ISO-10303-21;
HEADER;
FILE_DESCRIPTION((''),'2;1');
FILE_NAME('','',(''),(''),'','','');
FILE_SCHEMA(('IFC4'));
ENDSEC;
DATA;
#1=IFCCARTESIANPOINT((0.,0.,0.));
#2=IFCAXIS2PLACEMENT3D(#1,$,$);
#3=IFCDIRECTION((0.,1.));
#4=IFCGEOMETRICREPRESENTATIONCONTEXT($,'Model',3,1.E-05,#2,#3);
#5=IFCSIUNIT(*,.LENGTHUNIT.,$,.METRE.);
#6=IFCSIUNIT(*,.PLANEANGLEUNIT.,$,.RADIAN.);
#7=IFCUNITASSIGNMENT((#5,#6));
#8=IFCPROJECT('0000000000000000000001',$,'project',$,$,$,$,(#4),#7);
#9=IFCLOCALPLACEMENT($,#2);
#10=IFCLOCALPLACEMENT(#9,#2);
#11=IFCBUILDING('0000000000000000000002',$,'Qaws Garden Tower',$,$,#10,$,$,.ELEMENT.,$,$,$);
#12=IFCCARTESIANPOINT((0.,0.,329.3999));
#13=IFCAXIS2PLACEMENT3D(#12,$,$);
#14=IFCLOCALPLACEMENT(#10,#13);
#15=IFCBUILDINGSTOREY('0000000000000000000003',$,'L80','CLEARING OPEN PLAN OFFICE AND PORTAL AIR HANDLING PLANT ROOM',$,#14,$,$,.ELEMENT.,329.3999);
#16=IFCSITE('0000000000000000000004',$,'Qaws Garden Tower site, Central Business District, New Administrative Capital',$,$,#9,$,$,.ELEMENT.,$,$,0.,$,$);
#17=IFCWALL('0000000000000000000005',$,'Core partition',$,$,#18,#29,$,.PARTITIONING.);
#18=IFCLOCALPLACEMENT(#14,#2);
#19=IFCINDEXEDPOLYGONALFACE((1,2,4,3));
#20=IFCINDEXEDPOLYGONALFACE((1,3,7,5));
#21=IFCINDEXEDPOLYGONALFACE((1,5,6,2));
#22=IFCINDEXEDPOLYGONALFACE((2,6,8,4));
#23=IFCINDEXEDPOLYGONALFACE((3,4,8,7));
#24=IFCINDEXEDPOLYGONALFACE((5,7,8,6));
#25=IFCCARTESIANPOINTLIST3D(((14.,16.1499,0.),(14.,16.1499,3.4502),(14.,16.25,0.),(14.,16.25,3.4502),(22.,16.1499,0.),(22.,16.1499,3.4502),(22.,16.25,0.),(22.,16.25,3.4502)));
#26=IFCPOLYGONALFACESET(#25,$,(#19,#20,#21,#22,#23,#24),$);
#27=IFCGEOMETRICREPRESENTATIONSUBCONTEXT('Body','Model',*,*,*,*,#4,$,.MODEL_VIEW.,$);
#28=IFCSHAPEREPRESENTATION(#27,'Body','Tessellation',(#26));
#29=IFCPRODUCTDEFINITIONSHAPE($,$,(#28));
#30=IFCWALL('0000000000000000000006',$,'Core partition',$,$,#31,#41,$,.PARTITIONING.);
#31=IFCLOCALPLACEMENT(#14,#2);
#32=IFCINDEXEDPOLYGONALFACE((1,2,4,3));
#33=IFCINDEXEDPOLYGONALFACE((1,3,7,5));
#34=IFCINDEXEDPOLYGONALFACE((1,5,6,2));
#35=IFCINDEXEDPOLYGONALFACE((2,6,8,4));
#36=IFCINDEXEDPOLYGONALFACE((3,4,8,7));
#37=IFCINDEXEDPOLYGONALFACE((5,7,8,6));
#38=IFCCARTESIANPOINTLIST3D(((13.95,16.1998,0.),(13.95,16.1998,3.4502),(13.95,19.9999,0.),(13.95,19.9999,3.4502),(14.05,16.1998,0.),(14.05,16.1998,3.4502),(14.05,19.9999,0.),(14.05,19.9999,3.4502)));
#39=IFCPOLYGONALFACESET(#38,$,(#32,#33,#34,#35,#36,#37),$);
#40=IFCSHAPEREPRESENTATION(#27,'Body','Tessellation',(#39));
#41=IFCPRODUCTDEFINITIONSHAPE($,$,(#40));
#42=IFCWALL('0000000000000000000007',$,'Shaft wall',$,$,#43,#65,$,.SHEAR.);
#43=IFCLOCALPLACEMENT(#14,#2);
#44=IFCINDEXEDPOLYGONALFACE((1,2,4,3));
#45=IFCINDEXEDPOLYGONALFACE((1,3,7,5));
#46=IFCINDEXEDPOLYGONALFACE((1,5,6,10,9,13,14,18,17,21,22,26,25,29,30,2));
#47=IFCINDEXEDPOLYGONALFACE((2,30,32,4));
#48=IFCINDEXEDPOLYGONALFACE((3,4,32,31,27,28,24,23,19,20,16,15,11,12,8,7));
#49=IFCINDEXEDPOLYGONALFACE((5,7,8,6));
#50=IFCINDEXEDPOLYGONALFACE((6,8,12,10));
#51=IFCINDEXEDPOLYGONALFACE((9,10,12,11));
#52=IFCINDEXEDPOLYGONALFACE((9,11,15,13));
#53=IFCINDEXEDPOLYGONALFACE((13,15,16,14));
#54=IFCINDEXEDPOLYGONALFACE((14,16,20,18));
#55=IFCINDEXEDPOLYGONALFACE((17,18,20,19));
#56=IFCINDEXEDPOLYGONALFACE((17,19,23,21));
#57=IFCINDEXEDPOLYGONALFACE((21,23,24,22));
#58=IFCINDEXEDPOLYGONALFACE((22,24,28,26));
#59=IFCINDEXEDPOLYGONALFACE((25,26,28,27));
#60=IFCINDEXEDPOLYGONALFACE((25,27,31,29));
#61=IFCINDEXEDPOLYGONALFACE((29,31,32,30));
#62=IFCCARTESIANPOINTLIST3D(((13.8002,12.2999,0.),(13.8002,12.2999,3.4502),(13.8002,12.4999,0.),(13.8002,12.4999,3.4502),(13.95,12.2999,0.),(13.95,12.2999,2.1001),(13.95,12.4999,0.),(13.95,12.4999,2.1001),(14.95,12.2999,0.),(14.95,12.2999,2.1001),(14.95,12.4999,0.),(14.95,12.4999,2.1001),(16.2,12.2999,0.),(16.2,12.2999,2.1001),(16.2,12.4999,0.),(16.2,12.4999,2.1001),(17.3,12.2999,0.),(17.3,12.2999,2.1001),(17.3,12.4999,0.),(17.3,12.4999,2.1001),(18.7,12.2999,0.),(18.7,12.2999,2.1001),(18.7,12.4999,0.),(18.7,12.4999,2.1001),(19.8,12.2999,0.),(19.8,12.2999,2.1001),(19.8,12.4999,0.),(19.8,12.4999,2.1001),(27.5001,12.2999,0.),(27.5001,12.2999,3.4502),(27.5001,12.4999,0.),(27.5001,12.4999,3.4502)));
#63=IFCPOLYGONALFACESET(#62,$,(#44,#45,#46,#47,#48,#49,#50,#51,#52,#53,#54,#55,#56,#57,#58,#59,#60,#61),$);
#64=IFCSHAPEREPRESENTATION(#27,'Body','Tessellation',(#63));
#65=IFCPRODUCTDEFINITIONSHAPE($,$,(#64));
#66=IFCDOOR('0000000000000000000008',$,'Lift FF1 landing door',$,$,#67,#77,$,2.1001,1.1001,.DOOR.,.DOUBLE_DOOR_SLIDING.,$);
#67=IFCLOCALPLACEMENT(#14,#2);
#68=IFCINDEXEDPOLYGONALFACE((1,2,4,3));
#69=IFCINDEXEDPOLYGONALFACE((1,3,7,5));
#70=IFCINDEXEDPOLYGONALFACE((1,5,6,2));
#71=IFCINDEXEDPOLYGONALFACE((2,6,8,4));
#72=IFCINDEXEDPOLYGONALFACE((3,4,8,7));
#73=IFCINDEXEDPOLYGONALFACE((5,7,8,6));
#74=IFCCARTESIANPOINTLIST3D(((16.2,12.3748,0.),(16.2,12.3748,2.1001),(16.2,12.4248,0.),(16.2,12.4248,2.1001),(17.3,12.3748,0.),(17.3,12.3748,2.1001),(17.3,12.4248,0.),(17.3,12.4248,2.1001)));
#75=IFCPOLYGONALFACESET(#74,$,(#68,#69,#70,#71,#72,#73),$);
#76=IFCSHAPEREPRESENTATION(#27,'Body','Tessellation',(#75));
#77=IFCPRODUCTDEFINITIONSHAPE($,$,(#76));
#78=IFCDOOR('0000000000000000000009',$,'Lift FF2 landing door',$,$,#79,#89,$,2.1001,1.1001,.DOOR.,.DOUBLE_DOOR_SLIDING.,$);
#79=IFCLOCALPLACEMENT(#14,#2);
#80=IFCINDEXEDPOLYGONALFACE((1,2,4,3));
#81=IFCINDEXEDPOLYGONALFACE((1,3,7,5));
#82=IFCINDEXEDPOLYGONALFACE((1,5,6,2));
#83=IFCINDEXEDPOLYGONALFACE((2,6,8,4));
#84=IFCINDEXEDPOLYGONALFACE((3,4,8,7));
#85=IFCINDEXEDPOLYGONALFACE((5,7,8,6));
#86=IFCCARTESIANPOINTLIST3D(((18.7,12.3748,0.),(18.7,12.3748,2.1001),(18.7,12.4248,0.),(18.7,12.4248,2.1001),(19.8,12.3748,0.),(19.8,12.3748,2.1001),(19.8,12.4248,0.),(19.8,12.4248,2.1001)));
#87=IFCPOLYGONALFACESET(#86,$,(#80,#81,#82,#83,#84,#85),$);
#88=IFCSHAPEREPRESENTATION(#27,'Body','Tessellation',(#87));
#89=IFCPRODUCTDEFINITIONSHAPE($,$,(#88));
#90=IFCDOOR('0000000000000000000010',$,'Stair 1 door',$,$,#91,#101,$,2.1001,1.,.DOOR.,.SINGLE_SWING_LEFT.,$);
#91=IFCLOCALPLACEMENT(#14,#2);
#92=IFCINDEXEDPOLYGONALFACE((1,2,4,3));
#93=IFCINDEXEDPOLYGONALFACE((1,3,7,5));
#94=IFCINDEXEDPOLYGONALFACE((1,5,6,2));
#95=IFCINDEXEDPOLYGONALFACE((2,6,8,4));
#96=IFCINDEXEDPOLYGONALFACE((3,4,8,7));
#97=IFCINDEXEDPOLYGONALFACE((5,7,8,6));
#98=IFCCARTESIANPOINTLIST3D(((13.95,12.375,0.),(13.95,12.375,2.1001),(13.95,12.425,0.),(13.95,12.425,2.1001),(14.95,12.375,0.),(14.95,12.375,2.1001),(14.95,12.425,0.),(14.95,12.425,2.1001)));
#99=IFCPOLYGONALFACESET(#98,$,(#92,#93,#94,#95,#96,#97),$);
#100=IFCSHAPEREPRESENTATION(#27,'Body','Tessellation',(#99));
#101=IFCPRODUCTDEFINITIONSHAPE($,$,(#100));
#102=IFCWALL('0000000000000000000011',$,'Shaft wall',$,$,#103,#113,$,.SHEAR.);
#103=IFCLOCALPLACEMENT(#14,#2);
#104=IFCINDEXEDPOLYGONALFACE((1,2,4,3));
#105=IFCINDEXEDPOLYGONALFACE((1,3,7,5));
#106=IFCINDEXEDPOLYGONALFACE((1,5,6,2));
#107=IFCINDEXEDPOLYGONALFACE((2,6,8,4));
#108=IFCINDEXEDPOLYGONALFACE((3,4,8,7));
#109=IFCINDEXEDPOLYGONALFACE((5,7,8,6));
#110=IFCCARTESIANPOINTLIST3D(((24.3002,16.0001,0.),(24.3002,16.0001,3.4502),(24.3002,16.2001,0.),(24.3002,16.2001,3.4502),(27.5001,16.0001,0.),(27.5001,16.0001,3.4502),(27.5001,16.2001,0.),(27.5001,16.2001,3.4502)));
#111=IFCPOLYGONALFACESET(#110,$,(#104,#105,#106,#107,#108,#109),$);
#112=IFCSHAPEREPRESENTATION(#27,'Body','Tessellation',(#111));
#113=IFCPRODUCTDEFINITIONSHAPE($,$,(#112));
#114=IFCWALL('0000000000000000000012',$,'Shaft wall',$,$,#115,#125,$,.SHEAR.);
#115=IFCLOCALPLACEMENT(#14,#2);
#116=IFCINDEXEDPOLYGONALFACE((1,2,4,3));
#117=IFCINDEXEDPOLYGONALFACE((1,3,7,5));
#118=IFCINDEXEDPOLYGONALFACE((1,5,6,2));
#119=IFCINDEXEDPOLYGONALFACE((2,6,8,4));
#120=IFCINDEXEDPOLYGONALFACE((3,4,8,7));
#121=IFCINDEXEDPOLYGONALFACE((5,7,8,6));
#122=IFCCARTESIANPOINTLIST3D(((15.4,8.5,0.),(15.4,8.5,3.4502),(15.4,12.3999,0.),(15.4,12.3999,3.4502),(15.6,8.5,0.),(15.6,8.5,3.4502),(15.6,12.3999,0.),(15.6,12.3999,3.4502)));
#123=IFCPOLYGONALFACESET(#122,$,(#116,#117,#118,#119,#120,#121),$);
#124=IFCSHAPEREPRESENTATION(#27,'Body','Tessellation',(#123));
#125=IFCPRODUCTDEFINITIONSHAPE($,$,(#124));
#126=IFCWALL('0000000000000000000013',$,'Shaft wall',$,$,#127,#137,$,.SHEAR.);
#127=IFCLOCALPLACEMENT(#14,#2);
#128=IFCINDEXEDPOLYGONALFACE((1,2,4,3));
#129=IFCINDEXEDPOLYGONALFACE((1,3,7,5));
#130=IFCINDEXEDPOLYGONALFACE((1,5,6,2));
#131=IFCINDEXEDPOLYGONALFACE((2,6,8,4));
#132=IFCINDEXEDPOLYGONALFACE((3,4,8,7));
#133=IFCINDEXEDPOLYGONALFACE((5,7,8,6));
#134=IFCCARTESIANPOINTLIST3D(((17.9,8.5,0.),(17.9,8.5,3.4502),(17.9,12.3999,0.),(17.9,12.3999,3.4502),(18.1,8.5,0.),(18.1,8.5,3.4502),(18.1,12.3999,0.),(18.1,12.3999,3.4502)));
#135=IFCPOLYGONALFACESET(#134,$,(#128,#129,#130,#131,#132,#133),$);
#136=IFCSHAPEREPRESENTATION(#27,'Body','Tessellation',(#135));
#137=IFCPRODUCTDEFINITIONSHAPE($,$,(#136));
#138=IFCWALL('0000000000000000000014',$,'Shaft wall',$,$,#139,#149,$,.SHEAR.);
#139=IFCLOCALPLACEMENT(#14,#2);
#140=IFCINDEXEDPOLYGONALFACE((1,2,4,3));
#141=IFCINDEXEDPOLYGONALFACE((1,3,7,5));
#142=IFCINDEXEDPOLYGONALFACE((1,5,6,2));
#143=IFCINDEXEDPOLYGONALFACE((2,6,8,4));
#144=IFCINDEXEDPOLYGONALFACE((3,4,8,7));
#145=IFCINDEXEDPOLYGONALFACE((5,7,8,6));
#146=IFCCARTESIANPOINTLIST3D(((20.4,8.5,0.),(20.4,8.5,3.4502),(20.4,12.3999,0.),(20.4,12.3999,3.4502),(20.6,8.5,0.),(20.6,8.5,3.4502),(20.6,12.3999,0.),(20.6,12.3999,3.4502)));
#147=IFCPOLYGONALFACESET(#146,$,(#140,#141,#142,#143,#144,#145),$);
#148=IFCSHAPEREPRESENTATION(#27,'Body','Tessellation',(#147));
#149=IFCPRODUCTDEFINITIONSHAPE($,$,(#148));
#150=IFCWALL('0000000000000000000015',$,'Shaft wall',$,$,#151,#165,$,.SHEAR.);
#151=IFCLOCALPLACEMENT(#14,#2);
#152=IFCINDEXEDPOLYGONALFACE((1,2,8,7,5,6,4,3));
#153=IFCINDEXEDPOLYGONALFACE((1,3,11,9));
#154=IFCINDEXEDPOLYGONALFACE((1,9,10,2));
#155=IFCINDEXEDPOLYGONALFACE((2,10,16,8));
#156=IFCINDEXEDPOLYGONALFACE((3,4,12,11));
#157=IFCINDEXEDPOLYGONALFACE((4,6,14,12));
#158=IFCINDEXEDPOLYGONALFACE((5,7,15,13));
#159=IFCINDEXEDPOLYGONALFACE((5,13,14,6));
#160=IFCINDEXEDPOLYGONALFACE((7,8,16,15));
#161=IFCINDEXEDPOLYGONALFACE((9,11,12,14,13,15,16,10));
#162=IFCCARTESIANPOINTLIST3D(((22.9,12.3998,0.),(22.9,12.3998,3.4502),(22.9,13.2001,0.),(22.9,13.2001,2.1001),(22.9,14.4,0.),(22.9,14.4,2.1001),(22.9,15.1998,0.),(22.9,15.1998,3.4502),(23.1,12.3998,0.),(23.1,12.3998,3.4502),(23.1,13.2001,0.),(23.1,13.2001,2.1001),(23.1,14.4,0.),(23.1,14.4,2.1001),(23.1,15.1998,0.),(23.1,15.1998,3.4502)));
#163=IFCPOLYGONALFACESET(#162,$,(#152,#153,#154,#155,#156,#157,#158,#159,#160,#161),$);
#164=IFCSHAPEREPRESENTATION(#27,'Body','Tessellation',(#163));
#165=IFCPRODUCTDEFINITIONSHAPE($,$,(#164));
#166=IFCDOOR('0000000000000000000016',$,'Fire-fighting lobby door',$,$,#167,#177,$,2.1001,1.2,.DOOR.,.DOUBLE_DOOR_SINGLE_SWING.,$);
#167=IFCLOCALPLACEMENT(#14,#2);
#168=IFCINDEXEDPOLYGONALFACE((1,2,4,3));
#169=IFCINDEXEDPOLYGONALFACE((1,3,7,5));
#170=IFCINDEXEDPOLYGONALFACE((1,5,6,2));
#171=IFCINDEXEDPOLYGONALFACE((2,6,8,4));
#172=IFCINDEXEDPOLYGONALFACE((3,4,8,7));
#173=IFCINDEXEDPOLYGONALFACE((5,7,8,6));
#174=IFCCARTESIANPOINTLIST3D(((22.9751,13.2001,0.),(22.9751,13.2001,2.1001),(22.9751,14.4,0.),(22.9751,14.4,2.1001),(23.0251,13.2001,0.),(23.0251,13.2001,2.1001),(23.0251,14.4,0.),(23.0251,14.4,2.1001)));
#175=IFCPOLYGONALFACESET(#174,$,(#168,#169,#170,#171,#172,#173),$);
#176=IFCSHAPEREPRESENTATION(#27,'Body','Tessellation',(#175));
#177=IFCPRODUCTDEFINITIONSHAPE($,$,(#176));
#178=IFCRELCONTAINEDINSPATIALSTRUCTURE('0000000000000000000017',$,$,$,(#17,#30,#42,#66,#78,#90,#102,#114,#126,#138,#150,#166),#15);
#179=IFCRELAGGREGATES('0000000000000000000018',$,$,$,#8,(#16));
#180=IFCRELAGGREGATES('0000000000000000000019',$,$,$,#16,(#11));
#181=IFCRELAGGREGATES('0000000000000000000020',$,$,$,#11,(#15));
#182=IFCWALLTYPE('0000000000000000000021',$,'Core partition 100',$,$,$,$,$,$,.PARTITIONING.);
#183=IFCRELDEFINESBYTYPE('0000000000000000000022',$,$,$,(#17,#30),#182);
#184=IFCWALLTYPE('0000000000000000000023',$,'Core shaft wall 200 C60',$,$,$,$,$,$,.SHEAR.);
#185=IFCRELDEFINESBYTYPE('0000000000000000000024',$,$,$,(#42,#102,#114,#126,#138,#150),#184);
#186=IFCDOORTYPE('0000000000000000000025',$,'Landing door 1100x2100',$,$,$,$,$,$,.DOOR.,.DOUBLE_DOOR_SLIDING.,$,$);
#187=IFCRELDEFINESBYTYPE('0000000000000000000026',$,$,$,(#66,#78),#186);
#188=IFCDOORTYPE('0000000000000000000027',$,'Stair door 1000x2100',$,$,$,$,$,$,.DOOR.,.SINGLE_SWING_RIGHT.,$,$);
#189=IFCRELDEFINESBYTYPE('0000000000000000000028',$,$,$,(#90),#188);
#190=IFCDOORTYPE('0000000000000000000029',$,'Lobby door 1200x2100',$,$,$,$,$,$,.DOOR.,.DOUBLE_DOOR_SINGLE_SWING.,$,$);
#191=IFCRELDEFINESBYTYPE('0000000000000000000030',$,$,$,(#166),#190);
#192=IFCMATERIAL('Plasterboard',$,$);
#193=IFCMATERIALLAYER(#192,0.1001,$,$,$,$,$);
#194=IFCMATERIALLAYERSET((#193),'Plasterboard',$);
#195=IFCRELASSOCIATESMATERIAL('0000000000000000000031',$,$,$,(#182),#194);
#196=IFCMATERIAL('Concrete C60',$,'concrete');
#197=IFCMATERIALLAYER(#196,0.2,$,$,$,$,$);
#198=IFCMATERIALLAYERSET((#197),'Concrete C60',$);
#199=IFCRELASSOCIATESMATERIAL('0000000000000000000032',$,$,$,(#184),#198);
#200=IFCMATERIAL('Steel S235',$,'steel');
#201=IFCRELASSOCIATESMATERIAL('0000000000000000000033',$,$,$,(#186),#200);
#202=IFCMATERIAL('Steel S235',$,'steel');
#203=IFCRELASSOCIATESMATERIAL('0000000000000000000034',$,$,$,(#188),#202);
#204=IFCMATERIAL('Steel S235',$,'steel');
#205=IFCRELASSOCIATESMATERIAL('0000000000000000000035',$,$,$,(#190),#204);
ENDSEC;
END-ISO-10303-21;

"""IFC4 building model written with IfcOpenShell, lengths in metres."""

from ifc_helpers import new_model, si_unit, direction, frame, frame_2d, origin, place, context, subcontext, project, spatial, rectangle, extrude, material, layer, layer_set, type_object, element, fill, save


model = new_model("IFC4")

# Units and contexts
model_context = context("Model", 3, precision=1e-05, world=origin(), true_north=direction((0.0, 1.0)))
body_context = subcontext(model_context, "Body", "Model", "MODEL_VIEW")
ifc_project = project(units=[si_unit("LENGTHUNIT", "METRE"), si_unit("PLANEANGLEUNIT", "RADIAN")], contexts=[model_context])

# Site, building, storey
site_placement = place(None, origin())
site = spatial("IfcSite", under=ifc_project, at=site_placement, Name="Qaws Garden Tower site, Central Business District, New Administrative Capital", CompositionType="ELEMENT", RefElevation=0.0)
building_placement = place(site_placement, origin())
building = spatial("IfcBuilding", under=site, at=building_placement, Name="Qaws Garden Tower", CompositionType="ELEMENT")
storey_placement = place(building_placement, frame((0.0, 0.0, 329.3999)))
storey = spatial("IfcBuildingStorey", under=building, at=storey_placement, Name="L80", Description="CLEARING OPEN PLAN OFFICE AND PORTAL AIR HANDLING PLANT ROOM", CompositionType="ELEMENT", Elevation=329.3999)

# Walls
ifc_material_1 = material(Name="Plasterboard")
ifc_layer_1 = layer(ifc_material_1, 0.1001)
ifc_layer_set_1 = layer_set([ifc_layer_1], Name="Plasterboard")
wall_type_1 = type_object("IfcWallType", Name="Core partition 100", PredefinedType="PARTITIONING", material=ifc_layer_set_1)
wall_1_placement = place(storey_placement, frame((14.0, 16.2, 0.0), z_axis=(0.0, 0.0, 1.0), x_axis=(1.0, 0.0, 0.0)))
element("IfcWall", 1, at=wall_1_placement, inside=storey, type_object=wall_type_1, Name="Core partition", PredefinedType="PARTITIONING", context=body_context, shape_type="SweptSolid", body=[
    extrude(rectangle(XDim=8.0, YDim=0.1001, at=frame_2d((4.0, 0.0))), origin(), (0.0, 0.0, 1.0), 3.4502),
])
wall_2_placement = place(storey_placement, frame((14.0, 16.2, 0.0), z_axis=(0.0, 0.0, 1.0), x_axis=(0.0, 1.0, 0.0)))
element("IfcWall", 2, at=wall_2_placement, inside=storey, type_object=wall_type_1, Name="Core partition", PredefinedType="PARTITIONING", context=body_context, shape_type="SweptSolid", body=[
    extrude(rectangle(XDim=3.8, YDim=0.1001, at=frame_2d((1.8999, 0.0))), origin(), (0.0, 0.0, 1.0), 3.4502),
])

# Wall, openings, doors
ifc_material_2 = material(Name="Concrete C60", Category="concrete")
ifc_layer_2 = layer(ifc_material_2, 0.2)
ifc_layer_set_2 = layer_set([ifc_layer_2], Name="Concrete C60")
wall_type_2 = type_object("IfcWallType", Name="Core shaft wall 200 C60", PredefinedType="SHEAR", material=ifc_layer_set_2)
wall_3_placement = place(storey_placement, frame((13.8, 12.3999, 0.0), z_axis=(0.0, 0.0, 1.0), x_axis=(1.0, 0.0, 0.0)))
wall_3 = element("IfcWall", 3, at=wall_3_placement, inside=storey, type_object=wall_type_2, Name="Shaft wall", PredefinedType="SHEAR", context=body_context, shape_type="SweptSolid", body=[
    extrude(rectangle(XDim=13.7, YDim=0.2, at=frame_2d((6.8501, 0.0))), origin(), (0.0, 0.0, 1.0), 3.4502),
])
opening_1_placement = place(wall_3_placement, frame((2.3999, 0.0, 0.0)))
opening_1 = element("IfcOpeningElement", 4, at=opening_1_placement, cuts=wall_3, PredefinedType="OPENING", context=body_context, shape_type="SweptSolid", body=[
    extrude(rectangle(XDim=1.1001, YDim=2.1001, at=frame_2d((0.55, 1.05))), frame((0.0, 0.1099, 0.0), z_axis=(0.0, -1.0, 0.0), x_axis=(1.0, 0.0, 0.0)), (0.0, 0.0, 1.0), 0.22),
])
opening_2_placement = place(wall_3_placement, frame((4.8999, 0.0, 0.0)))
opening_2 = element("IfcOpeningElement", 5, at=opening_2_placement, cuts=wall_3, PredefinedType="OPENING", context=body_context, shape_type="SweptSolid", body=[
    extrude(rectangle(XDim=1.1001, YDim=2.1001, at=frame_2d((0.55, 1.05))), frame((0.0, 0.1099, 0.0), z_axis=(0.0, -1.0, 0.0), x_axis=(1.0, 0.0, 0.0)), (0.0, 0.0, 1.0), 0.22),
])
opening_3_placement = place(wall_3_placement, frame((0.1499, 0.0, 0.0)))
opening_3 = element("IfcOpeningElement", 6, at=opening_3_placement, cuts=wall_3, PredefinedType="OPENING", context=body_context, shape_type="SweptSolid", body=[
    extrude(rectangle(XDim=1.0, YDim=2.1001, at=frame_2d((0.5, 1.05))), frame((0.0, 0.1099, 0.0), z_axis=(0.0, -1.0, 0.0), x_axis=(1.0, 0.0, 0.0)), (0.0, 0.0, 1.0), 0.22),
])
ifc_material_3 = material(Name="Steel S235", Category="steel")
door_type_1 = type_object("IfcDoorType", Name="Landing door 1100x2100", OperationType="DOUBLE_DOOR_SLIDING", PredefinedType="DOOR", material=ifc_material_3)
door_1_placement = place(opening_1_placement, origin())
door_1 = element("IfcDoor", 7, at=door_1_placement, inside=storey, type_object=door_type_1, Name="Lift FF1 landing door", OperationType="DOUBLE_DOOR_SLIDING", OverallHeight=2.1001, OverallWidth=1.1001, PredefinedType="DOOR", context=body_context, shape_type="SweptSolid", body=[
    extrude(rectangle(XDim=1.1001, YDim=2.1001, at=frame_2d((0.55, 1.05))), frame((0.0, 0.0249, 0.0), z_axis=(0.0, -1.0, 0.0), x_axis=(1.0, 0.0, 0.0)), (0.0, 0.0, 1.0), 0.05),
])
fill(opening_1, door_1)
door_2_placement = place(opening_2_placement, origin())
door_2 = element("IfcDoor", 8, at=door_2_placement, inside=storey, type_object=door_type_1, Name="Lift FF2 landing door", OperationType="DOUBLE_DOOR_SLIDING", OverallHeight=2.1001, OverallWidth=1.1001, PredefinedType="DOOR", context=body_context, shape_type="SweptSolid", body=[
    extrude(rectangle(XDim=1.1001, YDim=2.1001, at=frame_2d((0.55, 1.05))), frame((0.0, 0.0249, 0.0), z_axis=(0.0, -1.0, 0.0), x_axis=(1.0, 0.0, 0.0)), (0.0, 0.0, 1.0), 0.05),
])
fill(opening_2, door_2)
ifc_material_4 = material(Name="Steel S235", Category="steel")
door_type_2 = type_object("IfcDoorType", Name="Stair door 1000x2100", OperationType="SINGLE_SWING_RIGHT", PredefinedType="DOOR", material=ifc_material_4)
door_3_placement = place(opening_3_placement, frame((1.0, 0.0, 0.0), z_axis=(0.0, 0.0, 1.0), x_axis=(-1.0, 0.0, 0.0)))
door_3 = element("IfcDoor", 9, at=door_3_placement, inside=storey, type_object=door_type_2, Name="Stair 1 door", OperationType="SINGLE_SWING_LEFT", OverallHeight=2.1001, OverallWidth=1.0, PredefinedType="DOOR", context=body_context, shape_type="SweptSolid", body=[
    extrude(rectangle(XDim=1.0, YDim=2.1001, at=frame_2d((0.5, 1.05))), frame((0.0, 0.0249, 0.0), z_axis=(0.0, -1.0, 0.0), x_axis=(1.0, 0.0, 0.0)), (0.0, 0.0, 1.0), 0.05),
])
fill(opening_3, door_3)

# Walls
wall_4_placement = place(storey_placement, frame((24.3, 16.1001, 0.0), z_axis=(0.0, 0.0, 1.0), x_axis=(1.0, 0.0, 0.0)))
element("IfcWall", 10, at=wall_4_placement, inside=storey, type_object=wall_type_2, Name="Shaft wall", PredefinedType="SHEAR", context=body_context, shape_type="SweptSolid", body=[
    extrude(rectangle(XDim=3.2, YDim=0.2, at=frame_2d((1.6001, 0.0))), origin(), (0.0, 0.0, 1.0), 3.4502),
])
for number, where, z_axis, x_axis, name in (
    (11, (15.5, 8.5, 0.0), (0.0, 0.0, 1.0), (0.0, 1.0, 0.0), "Shaft wall"),
    (12, (18.0, 8.5, 0.0), (0.0, 0.0, 1.0), (0.0, 1.0, 0.0), "Shaft wall"),
    (13, (20.5, 8.5, 0.0), (0.0, 0.0, 1.0), (0.0, 1.0, 0.0), "Shaft wall"),
):
    element("IfcWall", number, at=place(storey_placement, frame(where, z_axis=z_axis, x_axis=x_axis)), inside=storey, type_object=wall_type_2, Name=name, PredefinedType="SHEAR", context=body_context, shape_type="SweptSolid", body=[
        extrude(rectangle(XDim=3.8999, YDim=0.2, at=frame_2d((1.95, 0.0))), origin(), (0.0, 0.0, 1.0), 3.4502),
    ])

# Wall, opening, door
wall_5_placement = place(storey_placement, frame((23.0, 12.3999, 0.0), z_axis=(0.0, 0.0, 1.0), x_axis=(0.0, 1.0, 0.0)))
wall_5 = element("IfcWall", 14, at=wall_5_placement, inside=storey, type_object=wall_type_2, Name="Shaft wall", PredefinedType="SHEAR", context=body_context, shape_type="SweptSolid", body=[
    extrude(rectangle(XDim=2.8, YDim=0.2, at=frame_2d((1.3999, 0.0))), origin(), (0.0, 0.0, 1.0), 3.4502),
])
opening_4_placement = place(wall_5_placement, frame((0.8, 0.0, 0.0)))
opening_4 = element("IfcOpeningElement", 15, at=opening_4_placement, cuts=wall_5, PredefinedType="OPENING", context=body_context, shape_type="SweptSolid", body=[
    extrude(rectangle(XDim=1.2, YDim=2.1001, at=frame_2d((0.6001, 1.05))), frame((0.0, 0.1099, 0.0), z_axis=(0.0, -1.0, 0.0), x_axis=(1.0, 0.0, 0.0)), (0.0, 0.0, 1.0), 0.22),
])
ifc_material_5 = material(Name="Steel S235", Category="steel")
door_type_3 = type_object("IfcDoorType", Name="Lobby door 1200x2100", OperationType="DOUBLE_DOOR_SINGLE_SWING", PredefinedType="DOOR", material=ifc_material_5)
door_4_placement = place(opening_4_placement, origin())
door_4 = element("IfcDoor", 16, at=door_4_placement, inside=storey, type_object=door_type_3, Name="Fire-fighting lobby door", OperationType="DOUBLE_DOOR_SINGLE_SWING", OverallHeight=2.1001, OverallWidth=1.2, PredefinedType="DOOR", context=body_context, shape_type="SweptSolid", body=[
    extrude(rectangle(XDim=1.2, YDim=2.1001, at=frame_2d((0.6001, 1.05))), frame((0.0, 0.0249, 0.0), z_axis=(0.0, -1.0, 0.0), x_axis=(1.0, 0.0, 0.0)), (0.0, 0.0, 1.0), 0.05),
])
fill(opening_4, door_4)

save(model, "model.ifc")
